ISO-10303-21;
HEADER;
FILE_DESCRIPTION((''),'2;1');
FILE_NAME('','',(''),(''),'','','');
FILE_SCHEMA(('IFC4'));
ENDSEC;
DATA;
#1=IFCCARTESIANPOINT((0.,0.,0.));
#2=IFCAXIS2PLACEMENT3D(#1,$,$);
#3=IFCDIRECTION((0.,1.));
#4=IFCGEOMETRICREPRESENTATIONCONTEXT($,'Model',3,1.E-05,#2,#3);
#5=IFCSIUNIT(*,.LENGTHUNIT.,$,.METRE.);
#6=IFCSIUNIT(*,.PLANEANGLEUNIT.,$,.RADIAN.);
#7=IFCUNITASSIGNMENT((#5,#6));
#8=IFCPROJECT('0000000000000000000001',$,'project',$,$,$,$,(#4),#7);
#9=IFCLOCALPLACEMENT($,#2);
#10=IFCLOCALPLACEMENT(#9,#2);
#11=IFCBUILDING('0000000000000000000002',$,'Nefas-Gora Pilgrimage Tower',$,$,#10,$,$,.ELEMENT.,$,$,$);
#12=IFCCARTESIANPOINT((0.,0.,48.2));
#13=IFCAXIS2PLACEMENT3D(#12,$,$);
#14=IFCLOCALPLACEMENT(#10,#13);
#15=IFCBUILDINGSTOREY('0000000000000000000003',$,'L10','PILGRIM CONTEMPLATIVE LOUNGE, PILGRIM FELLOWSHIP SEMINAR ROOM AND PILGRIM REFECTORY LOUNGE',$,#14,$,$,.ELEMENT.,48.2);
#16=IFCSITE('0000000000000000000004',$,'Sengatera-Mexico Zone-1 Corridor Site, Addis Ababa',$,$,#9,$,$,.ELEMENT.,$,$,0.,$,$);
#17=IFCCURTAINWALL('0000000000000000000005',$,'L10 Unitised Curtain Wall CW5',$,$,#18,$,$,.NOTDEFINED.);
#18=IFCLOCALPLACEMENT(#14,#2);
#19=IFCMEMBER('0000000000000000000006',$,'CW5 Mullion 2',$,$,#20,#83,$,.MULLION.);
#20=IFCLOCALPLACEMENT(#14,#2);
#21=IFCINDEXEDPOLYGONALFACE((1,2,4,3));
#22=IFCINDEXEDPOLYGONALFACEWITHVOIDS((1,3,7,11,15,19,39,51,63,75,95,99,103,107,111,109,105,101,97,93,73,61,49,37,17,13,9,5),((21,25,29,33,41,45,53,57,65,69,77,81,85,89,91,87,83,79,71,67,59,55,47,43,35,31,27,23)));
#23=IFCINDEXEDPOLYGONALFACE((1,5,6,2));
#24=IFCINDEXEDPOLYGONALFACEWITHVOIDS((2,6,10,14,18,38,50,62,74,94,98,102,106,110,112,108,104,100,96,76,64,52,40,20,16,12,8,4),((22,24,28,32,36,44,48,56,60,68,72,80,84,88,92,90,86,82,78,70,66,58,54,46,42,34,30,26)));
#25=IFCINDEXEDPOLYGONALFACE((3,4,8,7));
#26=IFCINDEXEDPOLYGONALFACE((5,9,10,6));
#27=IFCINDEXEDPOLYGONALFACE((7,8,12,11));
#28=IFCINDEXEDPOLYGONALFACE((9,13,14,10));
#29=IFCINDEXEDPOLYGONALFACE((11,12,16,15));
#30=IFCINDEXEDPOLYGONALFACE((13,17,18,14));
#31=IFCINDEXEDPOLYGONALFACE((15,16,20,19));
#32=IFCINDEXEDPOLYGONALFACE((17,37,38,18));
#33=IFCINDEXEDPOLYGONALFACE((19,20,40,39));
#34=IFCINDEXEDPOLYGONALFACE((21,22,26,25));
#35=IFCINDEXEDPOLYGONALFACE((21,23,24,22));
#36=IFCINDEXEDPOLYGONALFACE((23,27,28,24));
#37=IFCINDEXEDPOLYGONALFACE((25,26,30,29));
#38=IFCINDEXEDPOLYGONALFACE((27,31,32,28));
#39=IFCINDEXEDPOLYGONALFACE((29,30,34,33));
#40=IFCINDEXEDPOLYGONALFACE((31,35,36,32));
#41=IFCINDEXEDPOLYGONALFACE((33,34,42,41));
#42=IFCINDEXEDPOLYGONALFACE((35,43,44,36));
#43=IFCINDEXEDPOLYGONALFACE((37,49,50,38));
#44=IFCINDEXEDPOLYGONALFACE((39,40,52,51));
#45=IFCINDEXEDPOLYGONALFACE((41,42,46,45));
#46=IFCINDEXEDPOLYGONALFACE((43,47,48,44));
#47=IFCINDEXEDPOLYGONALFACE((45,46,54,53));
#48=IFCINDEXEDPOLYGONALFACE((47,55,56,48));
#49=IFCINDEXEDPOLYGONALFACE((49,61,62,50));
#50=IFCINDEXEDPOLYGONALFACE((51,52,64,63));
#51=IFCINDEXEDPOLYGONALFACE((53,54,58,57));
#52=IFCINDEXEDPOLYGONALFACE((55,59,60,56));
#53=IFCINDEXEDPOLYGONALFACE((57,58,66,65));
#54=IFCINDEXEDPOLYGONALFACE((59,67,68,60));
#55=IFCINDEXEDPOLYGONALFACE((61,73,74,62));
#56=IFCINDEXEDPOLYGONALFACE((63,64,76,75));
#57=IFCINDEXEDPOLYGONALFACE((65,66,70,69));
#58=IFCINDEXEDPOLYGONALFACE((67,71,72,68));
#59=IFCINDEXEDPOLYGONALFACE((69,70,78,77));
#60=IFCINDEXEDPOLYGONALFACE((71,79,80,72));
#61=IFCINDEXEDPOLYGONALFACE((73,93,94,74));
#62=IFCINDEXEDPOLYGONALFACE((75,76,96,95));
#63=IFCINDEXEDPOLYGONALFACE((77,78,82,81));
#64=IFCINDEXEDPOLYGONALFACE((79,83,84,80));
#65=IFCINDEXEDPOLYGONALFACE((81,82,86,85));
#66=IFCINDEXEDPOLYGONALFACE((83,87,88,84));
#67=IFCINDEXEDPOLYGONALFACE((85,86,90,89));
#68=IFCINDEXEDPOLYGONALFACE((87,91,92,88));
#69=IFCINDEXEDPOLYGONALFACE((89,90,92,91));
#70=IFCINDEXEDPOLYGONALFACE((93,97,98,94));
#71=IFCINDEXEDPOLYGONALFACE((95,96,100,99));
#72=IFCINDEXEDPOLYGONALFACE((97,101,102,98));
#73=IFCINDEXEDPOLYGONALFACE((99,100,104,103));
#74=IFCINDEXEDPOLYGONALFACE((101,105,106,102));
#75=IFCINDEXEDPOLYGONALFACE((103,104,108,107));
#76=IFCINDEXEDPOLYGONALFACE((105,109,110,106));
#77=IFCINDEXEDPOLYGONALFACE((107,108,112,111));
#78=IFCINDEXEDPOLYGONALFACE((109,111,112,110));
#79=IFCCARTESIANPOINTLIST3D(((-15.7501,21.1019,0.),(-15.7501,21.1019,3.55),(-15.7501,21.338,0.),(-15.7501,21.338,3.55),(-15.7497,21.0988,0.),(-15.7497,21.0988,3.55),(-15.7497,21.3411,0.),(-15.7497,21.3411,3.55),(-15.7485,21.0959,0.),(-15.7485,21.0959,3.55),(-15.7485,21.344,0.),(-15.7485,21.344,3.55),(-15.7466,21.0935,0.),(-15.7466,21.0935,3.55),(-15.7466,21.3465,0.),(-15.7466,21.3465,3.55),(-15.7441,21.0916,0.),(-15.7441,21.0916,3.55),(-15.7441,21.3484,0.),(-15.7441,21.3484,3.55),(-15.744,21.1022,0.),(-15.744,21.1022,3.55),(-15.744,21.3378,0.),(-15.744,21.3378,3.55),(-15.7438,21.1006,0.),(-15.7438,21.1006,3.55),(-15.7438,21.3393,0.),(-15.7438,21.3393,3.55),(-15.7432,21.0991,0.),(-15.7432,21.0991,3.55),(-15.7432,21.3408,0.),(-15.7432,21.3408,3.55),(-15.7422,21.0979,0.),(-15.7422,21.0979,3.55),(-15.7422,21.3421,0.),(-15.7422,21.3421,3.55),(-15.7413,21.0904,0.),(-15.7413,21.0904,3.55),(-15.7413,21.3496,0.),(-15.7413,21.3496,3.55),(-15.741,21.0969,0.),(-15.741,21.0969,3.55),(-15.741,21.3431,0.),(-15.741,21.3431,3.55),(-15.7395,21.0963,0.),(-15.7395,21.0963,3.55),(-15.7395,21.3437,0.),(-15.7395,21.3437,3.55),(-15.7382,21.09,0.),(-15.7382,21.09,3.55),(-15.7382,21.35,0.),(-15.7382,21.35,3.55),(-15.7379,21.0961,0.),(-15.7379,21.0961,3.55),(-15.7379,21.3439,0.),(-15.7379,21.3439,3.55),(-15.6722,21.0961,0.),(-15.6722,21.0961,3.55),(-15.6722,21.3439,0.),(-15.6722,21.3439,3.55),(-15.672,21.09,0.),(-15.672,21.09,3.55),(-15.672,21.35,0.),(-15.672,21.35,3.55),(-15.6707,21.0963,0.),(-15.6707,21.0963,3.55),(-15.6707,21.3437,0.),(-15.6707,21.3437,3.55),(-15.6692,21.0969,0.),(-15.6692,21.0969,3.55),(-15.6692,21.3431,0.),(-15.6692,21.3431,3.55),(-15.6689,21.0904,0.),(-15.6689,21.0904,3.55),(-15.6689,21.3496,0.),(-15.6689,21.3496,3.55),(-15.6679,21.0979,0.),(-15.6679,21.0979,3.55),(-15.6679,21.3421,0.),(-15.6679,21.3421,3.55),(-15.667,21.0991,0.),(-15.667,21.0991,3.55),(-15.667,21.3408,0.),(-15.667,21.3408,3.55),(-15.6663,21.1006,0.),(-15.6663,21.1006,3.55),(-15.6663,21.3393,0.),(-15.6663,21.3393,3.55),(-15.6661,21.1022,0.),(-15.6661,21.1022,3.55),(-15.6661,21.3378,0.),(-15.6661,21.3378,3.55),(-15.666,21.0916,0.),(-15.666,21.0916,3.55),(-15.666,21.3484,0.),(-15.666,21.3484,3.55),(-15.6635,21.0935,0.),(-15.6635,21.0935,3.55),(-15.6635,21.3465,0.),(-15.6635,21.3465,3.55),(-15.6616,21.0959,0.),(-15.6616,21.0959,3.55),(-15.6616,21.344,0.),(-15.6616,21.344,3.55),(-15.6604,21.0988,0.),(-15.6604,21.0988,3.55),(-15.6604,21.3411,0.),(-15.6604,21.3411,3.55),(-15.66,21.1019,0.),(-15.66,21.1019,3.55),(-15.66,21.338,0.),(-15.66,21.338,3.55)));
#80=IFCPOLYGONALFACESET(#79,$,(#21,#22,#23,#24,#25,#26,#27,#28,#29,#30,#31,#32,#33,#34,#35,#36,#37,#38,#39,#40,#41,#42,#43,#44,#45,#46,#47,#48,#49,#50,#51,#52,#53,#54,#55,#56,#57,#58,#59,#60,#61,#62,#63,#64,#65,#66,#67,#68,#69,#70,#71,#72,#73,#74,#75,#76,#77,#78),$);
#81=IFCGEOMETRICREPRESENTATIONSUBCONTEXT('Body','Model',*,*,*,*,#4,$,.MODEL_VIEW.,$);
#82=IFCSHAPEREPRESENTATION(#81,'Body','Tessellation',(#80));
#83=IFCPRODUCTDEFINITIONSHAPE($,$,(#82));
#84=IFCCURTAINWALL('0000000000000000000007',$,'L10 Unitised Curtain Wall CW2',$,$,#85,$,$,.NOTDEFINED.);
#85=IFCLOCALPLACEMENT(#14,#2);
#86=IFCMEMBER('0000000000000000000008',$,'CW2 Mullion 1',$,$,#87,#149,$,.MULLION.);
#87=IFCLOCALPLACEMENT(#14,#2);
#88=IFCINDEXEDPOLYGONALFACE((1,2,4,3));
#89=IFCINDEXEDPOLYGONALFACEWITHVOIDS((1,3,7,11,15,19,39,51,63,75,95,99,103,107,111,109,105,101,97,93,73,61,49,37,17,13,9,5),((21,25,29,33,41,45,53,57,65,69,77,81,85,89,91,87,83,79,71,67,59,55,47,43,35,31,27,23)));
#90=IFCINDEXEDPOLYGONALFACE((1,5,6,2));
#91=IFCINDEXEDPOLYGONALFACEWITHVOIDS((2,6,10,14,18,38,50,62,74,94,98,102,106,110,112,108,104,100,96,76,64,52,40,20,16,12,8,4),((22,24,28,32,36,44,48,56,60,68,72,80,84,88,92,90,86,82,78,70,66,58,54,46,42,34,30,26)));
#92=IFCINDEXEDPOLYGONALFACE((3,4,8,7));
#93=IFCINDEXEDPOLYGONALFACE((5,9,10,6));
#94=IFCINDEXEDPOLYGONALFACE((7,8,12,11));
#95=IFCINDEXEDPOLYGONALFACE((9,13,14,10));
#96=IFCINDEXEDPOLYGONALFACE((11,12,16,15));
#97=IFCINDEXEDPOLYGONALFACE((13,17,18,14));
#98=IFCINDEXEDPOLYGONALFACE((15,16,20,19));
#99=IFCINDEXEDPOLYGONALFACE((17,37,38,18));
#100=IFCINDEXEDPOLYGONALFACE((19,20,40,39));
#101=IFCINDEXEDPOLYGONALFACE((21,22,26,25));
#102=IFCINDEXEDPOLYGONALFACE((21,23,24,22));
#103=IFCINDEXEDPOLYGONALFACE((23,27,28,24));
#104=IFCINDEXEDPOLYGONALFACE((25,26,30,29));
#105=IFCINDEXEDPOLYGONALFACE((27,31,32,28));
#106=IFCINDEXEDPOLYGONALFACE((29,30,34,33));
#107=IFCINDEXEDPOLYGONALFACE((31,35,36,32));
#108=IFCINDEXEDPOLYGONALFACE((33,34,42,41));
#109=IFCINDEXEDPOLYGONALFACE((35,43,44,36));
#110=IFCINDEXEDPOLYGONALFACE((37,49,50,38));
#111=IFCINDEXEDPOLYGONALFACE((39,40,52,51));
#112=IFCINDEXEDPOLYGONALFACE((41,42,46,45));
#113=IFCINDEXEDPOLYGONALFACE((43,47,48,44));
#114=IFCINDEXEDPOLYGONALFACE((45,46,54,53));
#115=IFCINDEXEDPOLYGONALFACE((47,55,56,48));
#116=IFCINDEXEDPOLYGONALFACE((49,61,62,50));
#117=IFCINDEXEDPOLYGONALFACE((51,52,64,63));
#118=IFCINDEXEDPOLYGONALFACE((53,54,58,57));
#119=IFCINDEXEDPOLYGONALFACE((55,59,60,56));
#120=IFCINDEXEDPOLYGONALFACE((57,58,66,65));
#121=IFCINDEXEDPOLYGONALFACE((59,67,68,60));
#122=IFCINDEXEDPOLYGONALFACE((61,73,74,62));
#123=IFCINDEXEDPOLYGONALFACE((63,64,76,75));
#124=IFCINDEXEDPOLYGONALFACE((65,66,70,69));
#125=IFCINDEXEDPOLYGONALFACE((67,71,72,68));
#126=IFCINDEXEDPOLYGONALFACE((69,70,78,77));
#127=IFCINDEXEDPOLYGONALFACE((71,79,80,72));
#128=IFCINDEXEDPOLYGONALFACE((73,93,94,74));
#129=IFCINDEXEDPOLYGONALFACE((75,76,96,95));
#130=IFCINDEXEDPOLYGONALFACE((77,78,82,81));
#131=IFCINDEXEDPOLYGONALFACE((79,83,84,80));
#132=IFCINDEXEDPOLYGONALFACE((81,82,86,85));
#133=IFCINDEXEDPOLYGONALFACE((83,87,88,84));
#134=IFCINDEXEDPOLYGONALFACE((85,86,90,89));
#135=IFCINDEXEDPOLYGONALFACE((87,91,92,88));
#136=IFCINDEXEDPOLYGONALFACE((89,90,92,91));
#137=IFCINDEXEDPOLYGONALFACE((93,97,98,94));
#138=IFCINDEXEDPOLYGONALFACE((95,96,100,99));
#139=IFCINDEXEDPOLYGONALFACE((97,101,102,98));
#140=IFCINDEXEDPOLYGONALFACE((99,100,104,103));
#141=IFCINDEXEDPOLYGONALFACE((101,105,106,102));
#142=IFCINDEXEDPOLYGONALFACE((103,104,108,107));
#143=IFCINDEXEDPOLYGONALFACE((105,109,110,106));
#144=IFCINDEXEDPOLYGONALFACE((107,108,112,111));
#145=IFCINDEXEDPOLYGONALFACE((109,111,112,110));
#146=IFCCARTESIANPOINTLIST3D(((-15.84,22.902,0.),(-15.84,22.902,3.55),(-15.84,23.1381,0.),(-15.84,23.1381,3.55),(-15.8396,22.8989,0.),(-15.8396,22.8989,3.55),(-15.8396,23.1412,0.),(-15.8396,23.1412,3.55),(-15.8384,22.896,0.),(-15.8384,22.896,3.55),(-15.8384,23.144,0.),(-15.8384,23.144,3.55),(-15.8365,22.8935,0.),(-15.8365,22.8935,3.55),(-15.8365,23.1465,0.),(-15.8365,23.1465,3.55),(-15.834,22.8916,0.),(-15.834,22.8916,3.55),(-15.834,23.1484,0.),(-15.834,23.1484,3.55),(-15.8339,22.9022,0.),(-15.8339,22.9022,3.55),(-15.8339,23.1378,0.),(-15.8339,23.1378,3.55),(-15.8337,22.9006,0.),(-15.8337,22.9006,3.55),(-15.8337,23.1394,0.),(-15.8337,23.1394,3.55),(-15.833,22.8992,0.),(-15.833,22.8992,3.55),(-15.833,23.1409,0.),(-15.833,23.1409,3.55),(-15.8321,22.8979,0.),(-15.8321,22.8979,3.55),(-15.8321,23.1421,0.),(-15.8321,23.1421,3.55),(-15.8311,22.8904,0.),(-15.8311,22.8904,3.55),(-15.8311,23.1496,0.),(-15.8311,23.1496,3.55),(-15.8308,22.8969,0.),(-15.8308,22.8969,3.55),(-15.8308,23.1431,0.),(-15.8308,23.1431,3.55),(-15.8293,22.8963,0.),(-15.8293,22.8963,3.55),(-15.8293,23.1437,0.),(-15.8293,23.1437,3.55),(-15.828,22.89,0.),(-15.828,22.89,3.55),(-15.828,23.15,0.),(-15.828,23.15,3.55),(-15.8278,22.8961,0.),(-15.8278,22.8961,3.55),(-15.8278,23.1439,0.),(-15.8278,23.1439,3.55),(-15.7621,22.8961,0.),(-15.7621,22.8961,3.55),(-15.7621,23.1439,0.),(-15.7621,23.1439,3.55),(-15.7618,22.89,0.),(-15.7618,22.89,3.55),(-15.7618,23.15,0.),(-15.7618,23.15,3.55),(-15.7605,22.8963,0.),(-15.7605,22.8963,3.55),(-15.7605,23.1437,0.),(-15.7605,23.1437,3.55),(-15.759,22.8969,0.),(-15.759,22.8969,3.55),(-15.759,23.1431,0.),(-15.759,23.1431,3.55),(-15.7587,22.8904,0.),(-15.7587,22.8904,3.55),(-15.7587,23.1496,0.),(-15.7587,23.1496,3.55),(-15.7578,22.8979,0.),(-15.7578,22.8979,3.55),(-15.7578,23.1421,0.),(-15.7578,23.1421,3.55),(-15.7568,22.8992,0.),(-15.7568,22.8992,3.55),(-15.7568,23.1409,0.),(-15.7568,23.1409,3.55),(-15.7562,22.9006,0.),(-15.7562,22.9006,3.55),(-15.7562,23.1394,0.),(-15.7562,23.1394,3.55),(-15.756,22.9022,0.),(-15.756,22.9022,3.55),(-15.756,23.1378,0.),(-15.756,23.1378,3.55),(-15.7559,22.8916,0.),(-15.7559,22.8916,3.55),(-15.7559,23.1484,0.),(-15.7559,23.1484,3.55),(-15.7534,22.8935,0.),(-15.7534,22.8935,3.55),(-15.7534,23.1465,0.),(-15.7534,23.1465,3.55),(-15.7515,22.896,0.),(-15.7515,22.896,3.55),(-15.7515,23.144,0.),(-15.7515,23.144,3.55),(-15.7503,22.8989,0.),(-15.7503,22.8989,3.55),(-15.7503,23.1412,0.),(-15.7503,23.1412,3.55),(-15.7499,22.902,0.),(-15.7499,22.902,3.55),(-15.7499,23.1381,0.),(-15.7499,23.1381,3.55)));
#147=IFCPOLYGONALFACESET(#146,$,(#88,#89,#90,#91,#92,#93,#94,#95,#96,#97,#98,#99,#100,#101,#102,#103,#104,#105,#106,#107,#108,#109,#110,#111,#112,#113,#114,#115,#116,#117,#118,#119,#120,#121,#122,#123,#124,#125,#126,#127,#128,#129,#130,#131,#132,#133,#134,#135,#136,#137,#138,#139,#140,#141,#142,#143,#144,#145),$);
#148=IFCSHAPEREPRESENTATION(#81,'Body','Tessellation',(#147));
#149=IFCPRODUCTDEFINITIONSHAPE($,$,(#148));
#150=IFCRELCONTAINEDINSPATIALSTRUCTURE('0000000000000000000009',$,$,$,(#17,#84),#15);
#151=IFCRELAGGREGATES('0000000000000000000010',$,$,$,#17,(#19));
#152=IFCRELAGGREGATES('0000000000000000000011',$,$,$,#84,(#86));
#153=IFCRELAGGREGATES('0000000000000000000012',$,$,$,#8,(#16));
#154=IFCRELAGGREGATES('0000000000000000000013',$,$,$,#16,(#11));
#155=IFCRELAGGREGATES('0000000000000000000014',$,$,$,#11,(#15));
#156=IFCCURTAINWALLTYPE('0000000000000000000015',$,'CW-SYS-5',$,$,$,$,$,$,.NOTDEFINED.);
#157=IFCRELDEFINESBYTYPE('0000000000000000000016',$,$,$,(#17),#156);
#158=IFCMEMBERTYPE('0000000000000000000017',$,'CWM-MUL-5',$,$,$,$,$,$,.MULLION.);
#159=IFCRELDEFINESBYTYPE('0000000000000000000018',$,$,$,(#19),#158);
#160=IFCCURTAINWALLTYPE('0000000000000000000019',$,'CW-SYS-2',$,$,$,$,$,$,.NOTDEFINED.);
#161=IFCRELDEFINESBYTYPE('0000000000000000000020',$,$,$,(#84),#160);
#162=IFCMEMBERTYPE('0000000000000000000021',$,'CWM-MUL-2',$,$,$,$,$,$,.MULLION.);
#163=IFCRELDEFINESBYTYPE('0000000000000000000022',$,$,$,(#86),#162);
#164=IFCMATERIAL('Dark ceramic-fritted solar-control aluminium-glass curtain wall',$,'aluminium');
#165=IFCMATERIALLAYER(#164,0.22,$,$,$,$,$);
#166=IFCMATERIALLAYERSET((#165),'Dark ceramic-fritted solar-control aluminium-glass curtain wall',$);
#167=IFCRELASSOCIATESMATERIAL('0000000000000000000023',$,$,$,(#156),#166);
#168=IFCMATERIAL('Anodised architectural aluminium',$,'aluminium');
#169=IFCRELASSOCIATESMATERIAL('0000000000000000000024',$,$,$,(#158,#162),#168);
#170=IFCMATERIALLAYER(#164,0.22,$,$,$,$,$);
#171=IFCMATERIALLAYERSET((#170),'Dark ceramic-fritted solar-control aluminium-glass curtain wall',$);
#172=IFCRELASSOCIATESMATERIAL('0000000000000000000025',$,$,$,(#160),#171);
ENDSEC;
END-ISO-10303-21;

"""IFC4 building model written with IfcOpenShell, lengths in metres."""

from ifc_helpers import new_model, si_unit, direction, frame, origin, origin_2d, place, context, subcontext, project, spatial, hollow_rectangle, extrude, source, transform, mapped, material, layer, layer_set, material_profile, profile_set, type_object, element, aggregate, save


model = new_model("IFC4")

# Units and contexts
model_context = context("Model", 3, precision=1e-05, world=origin(), true_north=direction((0.0, 1.0)))
body_context = subcontext(model_context, "Body", "Model", "MODEL_VIEW")
ifc_project = project(units=[si_unit("LENGTHUNIT", "METRE"), si_unit("PLANEANGLEUNIT", "RADIAN")], contexts=[model_context])

# Site, building, storey
site_placement = place(None, origin())
site = spatial("IfcSite", under=ifc_project, at=site_placement, Name="Sengatera-Mexico Zone-1 Corridor Site, Addis Ababa", CompositionType="ELEMENT", RefElevation=0.0)
building_placement = place(site_placement, origin())
building = spatial("IfcBuilding", under=site, at=building_placement, Name="Nefas-Gora Pilgrimage Tower", CompositionType="ELEMENT")
storey_placement = place(building_placement, frame((0.0, 0.0, 48.2)))
storey = spatial("IfcBuildingStorey", under=building, at=storey_placement, Name="L10", Description="PILGRIM CONTEMPLATIVE LOUNGE, PILGRIM FELLOWSHIP SEMINAR ROOM AND PILGRIM REFECTORY LOUNGE", CompositionType="ELEMENT", Elevation=48.2)

# Curtain wall, member
ifc_material_1 = material(Name="Dark ceramic-fritted solar-control aluminium-glass curtain wall", Category="aluminium")
ifc_layer_1 = layer(ifc_material_1, 0.22)
ifc_layer_set_1 = layer_set([ifc_layer_1], Name="Dark ceramic-fritted solar-control aluminium-glass curtain wall")
curtain_wall_type_1 = type_object("IfcCurtainWallType", Name="CW-SYS-5", PredefinedType="NOTDEFINED", material=ifc_layer_set_1)
curtain_wall_1_placement = place(storey_placement, origin())
curtain_wall_1 = element("IfcCurtainWall", 1, at=curtain_wall_1_placement, inside=storey, type_object=curtain_wall_type_1, Name="L10 Unitised Curtain Wall CW5", PredefinedType="NOTDEFINED")
ifc_material_2 = material(Name="Anodised architectural aluminium", Category="aluminium")
ifc_material_profile_1 = material_profile(ifc_material_2, hollow_rectangle(XDim=0.0901, YDim=0.26, WallThickness=0.0061, InnerFilletRadius=0.0061, OuterFilletRadius=0.012, at=origin_2d()), Name="ALU MULLION 90x260")
ifc_profile_set_1 = profile_set([ifc_material_profile_1], Name="Anodised architectural aluminium")
member_type_1 = type_object("IfcMemberType", Name="CWM-MUL-5", PredefinedType="MULLION", material=ifc_profile_set_1)
shared_shape_1 = source(origin(), body_context, "Body", "SweptSolid", [
    extrude(hollow_rectangle(XDim=0.0901, YDim=0.26, WallThickness=0.0061, InnerFilletRadius=0.0061, OuterFilletRadius=0.012, at=origin_2d()), origin(), (0.0, 0.0, 1.0), 3.55),
])
member_1_placement = place(storey_placement, frame((-15.7051, 21.22, 0.0), z_axis=(0.0, 0.0, 1.0), x_axis=(-1.0, 0.0, 0.0)))
member_1 = element("IfcMember", 2, at=member_1_placement, type_object=member_type_1, Name="CW5 Mullion 2", PredefinedType="MULLION", context=body_context, shape_type="MappedRepresentation", body=[
    mapped(shared_shape_1, transform((0.0, 0.0, 0.0), x_axis=(1.0, 0.0, 0.0), y_axis=(0.0, 1.0, 0.0), z_axis=(0.0, 0.0, 1.0), scale=1.0)),
])

# Curtain wall, member
ifc_layer_2 = layer(ifc_material_1, 0.22)
ifc_layer_set_2 = layer_set([ifc_layer_2], Name="Dark ceramic-fritted solar-control aluminium-glass curtain wall")
curtain_wall_type_2 = type_object("IfcCurtainWallType", Name="CW-SYS-2", PredefinedType="NOTDEFINED", material=ifc_layer_set_2)
curtain_wall_2_placement = place(storey_placement, origin())
curtain_wall_2 = element("IfcCurtainWall", 3, at=curtain_wall_2_placement, inside=storey, type_object=curtain_wall_type_2, Name="L10 Unitised Curtain Wall CW2", PredefinedType="NOTDEFINED")
ifc_material_profile_2 = material_profile(ifc_material_2, hollow_rectangle(XDim=0.0901, YDim=0.26, WallThickness=0.0061, InnerFilletRadius=0.0061, OuterFilletRadius=0.012, at=origin_2d()), Name="ALU MULLION 90x260")
ifc_profile_set_2 = profile_set([ifc_material_profile_2], Name="Anodised architectural aluminium")
member_type_2 = type_object("IfcMemberType", Name="CWM-MUL-2", PredefinedType="MULLION", material=ifc_profile_set_2)
shared_shape_2 = source(origin(), body_context, "Body", "SweptSolid", [
    extrude(hollow_rectangle(XDim=0.0901, YDim=0.26, WallThickness=0.0061, InnerFilletRadius=0.0061, OuterFilletRadius=0.012, at=origin_2d()), origin(), (0.0, 0.0, 1.0), 3.55),
])
member_2_placement = place(storey_placement, frame((-15.7949, 23.02, 0.0), z_axis=(0.0, 0.0, 1.0), x_axis=(-1.0, 0.0, 0.0)))
member_2 = element("IfcMember", 4, at=member_2_placement, type_object=member_type_2, Name="CW2 Mullion 1", PredefinedType="MULLION", context=body_context, shape_type="MappedRepresentation", body=[
    mapped(shared_shape_2, transform((0.0, 0.0, 0.0), x_axis=(1.0, 0.0, 0.0), y_axis=(0.0, 1.0, 0.0), z_axis=(0.0, 0.0, 1.0), scale=1.0)),
])

aggregate(curtain_wall_1, [member_1])
aggregate(curtain_wall_2, [member_2])

save(model, "model.ifc")
